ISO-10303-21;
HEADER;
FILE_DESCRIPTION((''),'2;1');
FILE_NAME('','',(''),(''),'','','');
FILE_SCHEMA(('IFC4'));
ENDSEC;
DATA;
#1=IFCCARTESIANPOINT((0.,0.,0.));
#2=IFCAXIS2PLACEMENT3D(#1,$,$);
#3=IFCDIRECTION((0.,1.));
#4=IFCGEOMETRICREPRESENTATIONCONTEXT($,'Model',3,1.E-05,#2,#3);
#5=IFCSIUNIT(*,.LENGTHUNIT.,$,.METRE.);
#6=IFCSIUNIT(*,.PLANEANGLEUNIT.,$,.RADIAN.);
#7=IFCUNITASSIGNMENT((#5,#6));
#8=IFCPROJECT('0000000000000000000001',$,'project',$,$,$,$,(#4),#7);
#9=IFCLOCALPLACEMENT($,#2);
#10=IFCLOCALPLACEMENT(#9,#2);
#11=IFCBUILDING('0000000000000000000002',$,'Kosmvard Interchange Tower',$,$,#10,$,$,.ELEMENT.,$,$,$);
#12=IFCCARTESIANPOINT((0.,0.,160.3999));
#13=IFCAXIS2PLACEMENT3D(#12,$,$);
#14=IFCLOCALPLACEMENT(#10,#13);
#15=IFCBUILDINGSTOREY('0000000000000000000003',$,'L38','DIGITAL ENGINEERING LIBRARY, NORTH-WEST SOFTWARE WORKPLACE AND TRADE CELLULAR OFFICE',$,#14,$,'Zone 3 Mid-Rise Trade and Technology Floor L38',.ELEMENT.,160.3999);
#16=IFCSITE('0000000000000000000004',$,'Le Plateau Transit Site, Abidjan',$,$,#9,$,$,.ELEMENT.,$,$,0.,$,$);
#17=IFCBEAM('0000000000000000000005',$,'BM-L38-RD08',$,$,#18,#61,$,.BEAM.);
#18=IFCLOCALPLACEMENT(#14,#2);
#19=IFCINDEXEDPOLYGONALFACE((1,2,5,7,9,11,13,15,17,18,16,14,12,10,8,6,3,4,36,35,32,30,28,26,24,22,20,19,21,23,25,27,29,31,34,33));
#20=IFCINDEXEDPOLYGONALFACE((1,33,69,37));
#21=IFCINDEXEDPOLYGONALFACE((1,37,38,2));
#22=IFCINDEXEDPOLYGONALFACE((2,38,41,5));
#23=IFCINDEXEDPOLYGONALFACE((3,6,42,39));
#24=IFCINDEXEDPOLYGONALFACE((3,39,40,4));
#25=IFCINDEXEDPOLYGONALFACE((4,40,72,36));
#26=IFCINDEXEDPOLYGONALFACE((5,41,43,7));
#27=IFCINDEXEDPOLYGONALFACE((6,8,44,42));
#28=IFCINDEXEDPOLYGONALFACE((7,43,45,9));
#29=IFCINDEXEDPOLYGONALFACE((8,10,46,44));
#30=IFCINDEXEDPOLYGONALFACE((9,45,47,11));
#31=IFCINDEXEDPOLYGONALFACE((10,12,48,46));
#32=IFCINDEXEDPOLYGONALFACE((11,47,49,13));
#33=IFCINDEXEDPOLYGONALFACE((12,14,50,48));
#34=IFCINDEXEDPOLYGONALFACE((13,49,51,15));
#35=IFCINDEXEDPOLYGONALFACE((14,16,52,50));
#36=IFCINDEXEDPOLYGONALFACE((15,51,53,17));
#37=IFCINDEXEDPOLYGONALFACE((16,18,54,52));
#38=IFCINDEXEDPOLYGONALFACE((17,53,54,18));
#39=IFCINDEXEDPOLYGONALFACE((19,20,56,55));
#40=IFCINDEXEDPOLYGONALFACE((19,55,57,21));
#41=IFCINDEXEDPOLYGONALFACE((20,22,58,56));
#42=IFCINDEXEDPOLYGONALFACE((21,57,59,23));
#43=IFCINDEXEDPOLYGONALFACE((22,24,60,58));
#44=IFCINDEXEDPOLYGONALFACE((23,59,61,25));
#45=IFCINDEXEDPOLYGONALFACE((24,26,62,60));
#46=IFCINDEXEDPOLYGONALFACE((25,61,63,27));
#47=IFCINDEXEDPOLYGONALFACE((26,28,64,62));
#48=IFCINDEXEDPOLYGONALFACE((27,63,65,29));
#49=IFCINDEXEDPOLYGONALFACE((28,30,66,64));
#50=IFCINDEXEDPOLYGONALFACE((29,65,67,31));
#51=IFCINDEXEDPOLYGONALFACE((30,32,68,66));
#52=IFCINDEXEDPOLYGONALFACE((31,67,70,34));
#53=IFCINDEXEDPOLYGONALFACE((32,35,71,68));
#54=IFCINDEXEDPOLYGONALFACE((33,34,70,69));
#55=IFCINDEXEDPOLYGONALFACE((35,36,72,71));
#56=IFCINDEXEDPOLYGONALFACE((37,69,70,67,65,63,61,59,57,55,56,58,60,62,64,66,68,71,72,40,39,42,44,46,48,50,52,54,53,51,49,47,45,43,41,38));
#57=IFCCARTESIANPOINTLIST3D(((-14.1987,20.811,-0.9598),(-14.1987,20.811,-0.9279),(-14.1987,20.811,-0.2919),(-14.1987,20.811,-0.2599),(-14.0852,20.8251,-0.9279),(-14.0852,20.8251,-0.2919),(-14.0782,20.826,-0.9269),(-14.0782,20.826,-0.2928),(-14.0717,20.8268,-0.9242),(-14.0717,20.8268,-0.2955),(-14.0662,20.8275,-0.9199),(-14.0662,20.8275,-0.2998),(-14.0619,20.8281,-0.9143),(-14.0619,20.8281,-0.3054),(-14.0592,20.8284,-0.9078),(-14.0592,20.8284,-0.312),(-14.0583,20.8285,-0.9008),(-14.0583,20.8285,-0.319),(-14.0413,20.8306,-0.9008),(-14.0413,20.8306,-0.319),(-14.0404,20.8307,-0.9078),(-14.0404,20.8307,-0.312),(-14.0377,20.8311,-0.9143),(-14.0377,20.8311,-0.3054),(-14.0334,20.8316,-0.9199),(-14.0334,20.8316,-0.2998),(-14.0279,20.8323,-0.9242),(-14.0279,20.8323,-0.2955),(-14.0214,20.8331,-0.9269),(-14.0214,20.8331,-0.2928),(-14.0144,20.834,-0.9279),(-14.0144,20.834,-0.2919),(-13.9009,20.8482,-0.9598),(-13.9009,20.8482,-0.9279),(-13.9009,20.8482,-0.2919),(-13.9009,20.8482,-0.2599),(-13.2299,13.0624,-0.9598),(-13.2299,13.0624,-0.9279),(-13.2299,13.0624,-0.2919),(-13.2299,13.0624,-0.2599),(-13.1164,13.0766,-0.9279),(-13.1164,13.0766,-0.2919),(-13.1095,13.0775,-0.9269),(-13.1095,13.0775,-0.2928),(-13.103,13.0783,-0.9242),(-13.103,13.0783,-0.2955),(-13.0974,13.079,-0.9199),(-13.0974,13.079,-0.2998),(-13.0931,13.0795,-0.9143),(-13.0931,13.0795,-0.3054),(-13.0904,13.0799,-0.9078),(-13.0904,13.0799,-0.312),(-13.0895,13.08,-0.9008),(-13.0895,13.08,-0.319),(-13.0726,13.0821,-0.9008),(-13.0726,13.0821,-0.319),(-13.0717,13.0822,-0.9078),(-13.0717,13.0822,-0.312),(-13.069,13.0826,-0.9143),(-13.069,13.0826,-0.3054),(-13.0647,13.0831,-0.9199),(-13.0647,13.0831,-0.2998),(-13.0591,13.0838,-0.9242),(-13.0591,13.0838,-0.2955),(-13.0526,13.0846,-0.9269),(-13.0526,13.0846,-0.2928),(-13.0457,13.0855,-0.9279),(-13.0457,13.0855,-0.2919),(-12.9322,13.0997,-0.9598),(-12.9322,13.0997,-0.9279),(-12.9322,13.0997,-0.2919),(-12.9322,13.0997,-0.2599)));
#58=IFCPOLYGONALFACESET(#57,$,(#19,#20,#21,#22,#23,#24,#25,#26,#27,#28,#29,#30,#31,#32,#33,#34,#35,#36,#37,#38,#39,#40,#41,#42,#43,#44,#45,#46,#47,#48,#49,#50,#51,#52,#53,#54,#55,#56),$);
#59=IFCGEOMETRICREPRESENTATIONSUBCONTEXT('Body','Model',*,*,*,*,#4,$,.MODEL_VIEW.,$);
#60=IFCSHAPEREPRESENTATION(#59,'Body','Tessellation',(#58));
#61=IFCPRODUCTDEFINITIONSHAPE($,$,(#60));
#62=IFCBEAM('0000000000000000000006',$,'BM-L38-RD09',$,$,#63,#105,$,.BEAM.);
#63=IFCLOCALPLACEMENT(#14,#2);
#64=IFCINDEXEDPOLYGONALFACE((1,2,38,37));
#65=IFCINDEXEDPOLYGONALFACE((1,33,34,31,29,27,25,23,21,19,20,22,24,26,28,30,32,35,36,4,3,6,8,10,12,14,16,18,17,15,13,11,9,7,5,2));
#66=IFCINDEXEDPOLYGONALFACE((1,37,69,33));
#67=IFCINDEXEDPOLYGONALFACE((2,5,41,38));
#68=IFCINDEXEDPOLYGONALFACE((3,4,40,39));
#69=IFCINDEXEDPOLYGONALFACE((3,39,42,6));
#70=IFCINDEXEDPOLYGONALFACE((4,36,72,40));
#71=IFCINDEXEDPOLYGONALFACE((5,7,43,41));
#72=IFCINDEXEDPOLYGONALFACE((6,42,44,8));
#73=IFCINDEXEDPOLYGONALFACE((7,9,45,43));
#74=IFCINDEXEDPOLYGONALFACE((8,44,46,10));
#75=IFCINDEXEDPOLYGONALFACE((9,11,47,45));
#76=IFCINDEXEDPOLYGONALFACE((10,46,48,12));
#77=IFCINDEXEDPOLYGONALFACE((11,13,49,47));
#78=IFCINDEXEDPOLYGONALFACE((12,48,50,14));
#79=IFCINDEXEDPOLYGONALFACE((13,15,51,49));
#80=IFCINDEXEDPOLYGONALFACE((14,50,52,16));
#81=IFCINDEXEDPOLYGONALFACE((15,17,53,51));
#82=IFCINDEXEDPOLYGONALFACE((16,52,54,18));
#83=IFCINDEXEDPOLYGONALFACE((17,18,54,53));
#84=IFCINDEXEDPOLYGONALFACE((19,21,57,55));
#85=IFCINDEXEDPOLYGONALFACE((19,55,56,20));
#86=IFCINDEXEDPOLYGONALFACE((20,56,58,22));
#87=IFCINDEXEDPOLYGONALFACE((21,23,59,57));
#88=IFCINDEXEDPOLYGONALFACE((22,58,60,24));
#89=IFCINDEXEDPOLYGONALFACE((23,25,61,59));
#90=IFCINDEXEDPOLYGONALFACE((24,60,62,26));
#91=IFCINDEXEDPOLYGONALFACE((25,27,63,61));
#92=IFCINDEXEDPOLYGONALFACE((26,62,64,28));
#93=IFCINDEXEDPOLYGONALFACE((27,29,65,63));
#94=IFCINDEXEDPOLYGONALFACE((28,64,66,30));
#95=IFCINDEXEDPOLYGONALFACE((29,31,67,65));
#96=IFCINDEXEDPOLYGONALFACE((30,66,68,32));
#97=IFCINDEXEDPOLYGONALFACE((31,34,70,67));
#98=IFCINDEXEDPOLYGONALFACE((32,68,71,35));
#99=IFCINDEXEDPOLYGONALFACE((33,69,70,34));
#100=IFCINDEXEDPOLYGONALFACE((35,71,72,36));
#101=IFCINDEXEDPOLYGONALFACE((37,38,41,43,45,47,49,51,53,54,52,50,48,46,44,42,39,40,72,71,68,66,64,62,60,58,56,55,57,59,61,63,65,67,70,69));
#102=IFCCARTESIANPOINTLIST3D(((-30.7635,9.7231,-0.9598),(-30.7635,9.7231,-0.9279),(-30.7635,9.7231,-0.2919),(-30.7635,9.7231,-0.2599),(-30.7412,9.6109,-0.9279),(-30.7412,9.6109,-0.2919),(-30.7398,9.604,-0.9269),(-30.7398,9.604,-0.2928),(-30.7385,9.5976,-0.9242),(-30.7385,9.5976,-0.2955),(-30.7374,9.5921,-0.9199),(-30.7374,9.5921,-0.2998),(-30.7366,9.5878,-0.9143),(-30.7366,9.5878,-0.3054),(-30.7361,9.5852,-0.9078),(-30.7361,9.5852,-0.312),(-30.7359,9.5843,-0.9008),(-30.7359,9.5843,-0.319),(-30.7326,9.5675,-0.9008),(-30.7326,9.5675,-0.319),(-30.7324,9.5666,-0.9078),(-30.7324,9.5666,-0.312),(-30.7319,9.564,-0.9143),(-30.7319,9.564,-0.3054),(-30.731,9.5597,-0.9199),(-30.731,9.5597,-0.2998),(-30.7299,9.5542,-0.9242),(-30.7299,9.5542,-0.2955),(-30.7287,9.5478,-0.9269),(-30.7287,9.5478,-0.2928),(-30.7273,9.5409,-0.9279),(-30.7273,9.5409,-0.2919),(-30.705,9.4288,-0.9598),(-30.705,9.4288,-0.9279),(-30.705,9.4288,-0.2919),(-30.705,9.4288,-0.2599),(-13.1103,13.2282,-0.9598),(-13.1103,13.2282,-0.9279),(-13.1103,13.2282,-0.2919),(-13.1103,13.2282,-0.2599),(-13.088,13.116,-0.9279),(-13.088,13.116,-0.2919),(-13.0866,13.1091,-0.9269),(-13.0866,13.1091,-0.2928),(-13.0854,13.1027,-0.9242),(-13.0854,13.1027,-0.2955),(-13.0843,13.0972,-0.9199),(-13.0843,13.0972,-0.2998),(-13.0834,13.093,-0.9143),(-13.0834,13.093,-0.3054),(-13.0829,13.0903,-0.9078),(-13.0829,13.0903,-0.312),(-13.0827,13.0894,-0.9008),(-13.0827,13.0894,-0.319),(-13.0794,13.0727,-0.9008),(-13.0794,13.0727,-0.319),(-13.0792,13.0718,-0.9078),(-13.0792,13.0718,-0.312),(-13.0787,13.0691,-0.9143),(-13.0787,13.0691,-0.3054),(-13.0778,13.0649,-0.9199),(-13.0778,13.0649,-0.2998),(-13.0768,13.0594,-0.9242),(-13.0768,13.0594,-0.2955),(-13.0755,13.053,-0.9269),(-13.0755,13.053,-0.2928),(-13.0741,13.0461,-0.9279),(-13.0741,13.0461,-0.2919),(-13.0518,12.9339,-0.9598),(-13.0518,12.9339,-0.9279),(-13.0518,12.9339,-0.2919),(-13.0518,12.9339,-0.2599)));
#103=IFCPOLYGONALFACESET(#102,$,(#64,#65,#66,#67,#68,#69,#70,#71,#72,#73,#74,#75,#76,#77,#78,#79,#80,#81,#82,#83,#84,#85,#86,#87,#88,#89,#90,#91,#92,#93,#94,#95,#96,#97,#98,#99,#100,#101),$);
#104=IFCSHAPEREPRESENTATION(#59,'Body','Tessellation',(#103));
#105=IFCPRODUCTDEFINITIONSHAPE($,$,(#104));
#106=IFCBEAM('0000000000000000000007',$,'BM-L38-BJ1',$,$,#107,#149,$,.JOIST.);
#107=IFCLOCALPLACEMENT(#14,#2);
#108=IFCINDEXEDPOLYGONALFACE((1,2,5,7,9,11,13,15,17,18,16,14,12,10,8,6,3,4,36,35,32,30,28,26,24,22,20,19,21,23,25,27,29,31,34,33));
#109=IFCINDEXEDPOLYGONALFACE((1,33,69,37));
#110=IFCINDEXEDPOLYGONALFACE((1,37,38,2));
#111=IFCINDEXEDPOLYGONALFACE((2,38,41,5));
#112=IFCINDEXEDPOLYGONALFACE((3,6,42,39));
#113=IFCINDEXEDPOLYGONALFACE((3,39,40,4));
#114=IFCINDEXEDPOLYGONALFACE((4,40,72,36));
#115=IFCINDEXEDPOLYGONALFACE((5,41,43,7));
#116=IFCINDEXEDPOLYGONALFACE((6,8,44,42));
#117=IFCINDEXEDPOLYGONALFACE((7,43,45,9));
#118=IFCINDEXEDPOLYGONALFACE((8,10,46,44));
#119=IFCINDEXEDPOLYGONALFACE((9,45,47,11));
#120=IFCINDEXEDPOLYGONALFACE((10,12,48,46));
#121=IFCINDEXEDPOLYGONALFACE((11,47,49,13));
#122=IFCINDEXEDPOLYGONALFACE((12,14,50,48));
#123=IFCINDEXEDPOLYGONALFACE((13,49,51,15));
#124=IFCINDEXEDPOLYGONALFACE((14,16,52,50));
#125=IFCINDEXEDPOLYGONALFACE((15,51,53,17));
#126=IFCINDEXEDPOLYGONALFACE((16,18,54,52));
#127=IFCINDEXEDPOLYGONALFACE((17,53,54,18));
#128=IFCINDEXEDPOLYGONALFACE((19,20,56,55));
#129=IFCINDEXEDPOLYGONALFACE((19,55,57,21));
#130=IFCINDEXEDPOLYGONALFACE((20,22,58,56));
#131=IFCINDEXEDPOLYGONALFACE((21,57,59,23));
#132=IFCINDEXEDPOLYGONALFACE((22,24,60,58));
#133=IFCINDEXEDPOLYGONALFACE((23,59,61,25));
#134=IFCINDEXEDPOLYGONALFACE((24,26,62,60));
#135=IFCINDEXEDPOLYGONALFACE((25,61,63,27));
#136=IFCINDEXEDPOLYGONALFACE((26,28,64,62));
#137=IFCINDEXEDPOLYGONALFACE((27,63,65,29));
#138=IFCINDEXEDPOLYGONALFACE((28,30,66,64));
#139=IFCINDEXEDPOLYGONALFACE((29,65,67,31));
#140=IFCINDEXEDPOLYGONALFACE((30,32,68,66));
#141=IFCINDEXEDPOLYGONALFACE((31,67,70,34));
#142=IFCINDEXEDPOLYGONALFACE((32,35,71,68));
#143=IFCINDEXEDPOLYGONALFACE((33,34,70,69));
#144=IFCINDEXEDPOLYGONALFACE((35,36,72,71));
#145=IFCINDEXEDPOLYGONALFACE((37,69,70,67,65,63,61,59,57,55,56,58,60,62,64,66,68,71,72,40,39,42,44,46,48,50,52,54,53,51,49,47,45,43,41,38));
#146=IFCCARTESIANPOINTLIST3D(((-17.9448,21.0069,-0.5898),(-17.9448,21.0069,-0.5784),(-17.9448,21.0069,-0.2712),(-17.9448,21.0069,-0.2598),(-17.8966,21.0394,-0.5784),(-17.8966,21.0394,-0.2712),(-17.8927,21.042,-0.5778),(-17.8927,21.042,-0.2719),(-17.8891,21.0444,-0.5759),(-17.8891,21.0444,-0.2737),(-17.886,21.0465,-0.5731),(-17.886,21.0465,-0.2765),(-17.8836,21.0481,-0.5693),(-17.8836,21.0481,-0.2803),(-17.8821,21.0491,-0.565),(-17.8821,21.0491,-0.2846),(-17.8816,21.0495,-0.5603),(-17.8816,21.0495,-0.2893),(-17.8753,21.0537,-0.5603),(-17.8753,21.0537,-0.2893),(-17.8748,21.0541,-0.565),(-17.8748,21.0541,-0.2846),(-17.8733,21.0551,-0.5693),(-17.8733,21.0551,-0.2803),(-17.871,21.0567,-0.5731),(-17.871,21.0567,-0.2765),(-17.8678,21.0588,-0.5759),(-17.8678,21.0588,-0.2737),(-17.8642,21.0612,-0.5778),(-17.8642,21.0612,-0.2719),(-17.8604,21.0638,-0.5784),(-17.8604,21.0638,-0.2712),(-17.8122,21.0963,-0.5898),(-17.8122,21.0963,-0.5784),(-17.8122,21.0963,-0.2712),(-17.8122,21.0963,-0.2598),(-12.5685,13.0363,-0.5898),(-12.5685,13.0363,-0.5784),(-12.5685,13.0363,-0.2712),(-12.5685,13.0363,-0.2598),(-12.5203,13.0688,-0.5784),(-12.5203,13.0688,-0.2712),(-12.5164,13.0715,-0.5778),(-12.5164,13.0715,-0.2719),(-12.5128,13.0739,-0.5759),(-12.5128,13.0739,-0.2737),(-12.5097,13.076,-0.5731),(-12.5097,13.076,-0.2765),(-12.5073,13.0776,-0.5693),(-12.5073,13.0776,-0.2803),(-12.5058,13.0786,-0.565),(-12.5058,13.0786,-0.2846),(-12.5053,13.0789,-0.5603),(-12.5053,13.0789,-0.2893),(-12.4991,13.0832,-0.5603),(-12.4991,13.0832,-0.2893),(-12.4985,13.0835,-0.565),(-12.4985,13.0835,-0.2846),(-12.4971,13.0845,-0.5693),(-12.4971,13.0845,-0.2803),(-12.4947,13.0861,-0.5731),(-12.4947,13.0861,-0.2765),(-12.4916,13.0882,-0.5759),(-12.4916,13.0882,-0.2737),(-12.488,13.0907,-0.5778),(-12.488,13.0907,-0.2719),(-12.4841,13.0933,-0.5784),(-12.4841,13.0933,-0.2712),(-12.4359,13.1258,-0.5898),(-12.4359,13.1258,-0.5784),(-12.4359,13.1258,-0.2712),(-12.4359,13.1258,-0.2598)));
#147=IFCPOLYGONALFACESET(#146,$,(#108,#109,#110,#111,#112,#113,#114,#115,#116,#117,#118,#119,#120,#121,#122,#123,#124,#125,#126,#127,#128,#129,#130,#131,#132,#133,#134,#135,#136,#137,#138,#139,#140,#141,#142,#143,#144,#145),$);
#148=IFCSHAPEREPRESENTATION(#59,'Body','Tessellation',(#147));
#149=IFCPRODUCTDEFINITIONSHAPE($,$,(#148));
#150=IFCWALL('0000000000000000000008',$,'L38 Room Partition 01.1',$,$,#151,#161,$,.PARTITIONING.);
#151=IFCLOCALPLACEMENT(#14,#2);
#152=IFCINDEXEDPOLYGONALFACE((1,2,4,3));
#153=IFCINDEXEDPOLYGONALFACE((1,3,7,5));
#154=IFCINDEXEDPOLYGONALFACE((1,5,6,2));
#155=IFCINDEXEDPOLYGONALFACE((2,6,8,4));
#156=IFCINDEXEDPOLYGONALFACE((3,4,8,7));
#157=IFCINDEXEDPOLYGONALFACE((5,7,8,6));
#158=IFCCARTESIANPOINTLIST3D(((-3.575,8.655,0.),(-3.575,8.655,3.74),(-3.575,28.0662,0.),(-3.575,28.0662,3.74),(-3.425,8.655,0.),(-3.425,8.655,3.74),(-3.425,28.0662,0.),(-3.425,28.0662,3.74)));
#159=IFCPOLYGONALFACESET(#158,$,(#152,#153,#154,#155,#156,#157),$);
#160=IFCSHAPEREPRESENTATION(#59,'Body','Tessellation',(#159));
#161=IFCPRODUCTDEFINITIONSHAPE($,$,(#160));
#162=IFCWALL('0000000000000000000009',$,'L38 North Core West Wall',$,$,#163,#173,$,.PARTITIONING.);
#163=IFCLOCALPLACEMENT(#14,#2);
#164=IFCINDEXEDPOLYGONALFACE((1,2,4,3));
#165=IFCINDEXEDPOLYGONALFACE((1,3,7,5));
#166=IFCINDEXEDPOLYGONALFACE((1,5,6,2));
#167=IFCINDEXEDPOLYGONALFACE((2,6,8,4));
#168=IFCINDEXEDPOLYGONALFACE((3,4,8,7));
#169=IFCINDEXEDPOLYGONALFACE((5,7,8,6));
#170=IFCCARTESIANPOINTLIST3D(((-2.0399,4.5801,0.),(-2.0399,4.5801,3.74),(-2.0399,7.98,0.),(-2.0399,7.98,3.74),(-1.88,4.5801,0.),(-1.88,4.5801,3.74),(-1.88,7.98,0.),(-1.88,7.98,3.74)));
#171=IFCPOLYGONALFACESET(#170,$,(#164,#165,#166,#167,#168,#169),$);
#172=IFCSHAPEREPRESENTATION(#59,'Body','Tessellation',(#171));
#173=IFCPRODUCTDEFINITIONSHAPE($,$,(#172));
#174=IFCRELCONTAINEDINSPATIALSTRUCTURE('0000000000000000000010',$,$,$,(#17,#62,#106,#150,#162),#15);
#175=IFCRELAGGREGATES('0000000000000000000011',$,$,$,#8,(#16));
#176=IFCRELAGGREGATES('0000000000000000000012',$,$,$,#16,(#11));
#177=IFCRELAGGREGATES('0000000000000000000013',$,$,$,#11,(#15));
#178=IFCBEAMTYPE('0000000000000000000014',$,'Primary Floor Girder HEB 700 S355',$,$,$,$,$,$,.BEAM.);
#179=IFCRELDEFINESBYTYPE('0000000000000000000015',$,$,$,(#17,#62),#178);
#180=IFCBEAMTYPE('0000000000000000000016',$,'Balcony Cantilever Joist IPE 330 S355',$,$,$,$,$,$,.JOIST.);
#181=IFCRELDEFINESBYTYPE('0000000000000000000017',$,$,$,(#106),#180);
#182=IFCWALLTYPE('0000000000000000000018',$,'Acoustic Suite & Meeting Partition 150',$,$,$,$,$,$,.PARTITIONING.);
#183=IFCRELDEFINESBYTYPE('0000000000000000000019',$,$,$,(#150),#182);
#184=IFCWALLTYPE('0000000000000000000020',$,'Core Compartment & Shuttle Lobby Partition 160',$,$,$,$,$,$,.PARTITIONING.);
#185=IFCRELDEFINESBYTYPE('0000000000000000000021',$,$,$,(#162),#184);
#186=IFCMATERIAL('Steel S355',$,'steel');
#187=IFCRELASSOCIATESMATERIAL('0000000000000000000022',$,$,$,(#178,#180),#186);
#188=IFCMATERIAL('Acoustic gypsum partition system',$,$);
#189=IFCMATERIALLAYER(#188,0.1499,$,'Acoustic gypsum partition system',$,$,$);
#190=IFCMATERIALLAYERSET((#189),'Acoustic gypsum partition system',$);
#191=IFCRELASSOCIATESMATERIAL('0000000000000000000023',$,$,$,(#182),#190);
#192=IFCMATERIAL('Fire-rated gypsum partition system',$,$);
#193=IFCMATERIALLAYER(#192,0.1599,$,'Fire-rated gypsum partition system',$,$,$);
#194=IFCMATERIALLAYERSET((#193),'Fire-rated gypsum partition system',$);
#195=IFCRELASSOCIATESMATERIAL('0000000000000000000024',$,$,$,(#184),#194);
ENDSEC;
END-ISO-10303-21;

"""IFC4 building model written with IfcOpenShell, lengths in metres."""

from ifc_helpers import new_model, si_unit, direction, frame, frame_2d, origin, origin_2d, place, context, subcontext, project, spatial, rectangle, i_section, extrude, source, transform, mapped, material, layer, layer_set, material_profile, profile_set, type_object, element, save


model = new_model("IFC4")

# Units and contexts
model_context = context("Model", 3, precision=1e-05, world=origin(), true_north=direction((0.0, 1.0)))
body_context = subcontext(model_context, "Body", "Model", "MODEL_VIEW")
ifc_project = project(units=[si_unit("LENGTHUNIT", "METRE"), si_unit("PLANEANGLEUNIT", "RADIAN")], contexts=[model_context])

# Site, building, storey
site_placement = place(None, origin())
site = spatial("IfcSite", under=ifc_project, at=site_placement, Name="Le Plateau Transit Site, Abidjan", CompositionType="ELEMENT", RefElevation=0.0)
building_placement = place(site_placement, origin())
building = spatial("IfcBuilding", under=site, at=building_placement, Name="Kosmvard Interchange Tower", CompositionType="ELEMENT")
storey_placement = place(building_placement, frame((0.0, 0.0, 160.3999)))
storey = spatial("IfcBuildingStorey", under=building, at=storey_placement, Name="L38", Description="DIGITAL ENGINEERING LIBRARY, NORTH-WEST SOFTWARE WORKPLACE AND TRADE CELLULAR OFFICE", LongName="Zone 3 Mid-Rise Trade and Technology Floor L38", CompositionType="ELEMENT", Elevation=160.3999)

# Beams
ifc_material_1 = material(Name="Steel S355", Category="steel")
ifc_material_profile_1 = material_profile(ifc_material_1, i_section(OverallWidth=0.3, OverallDepth=0.7, WebThickness=0.0171, FlangeThickness=0.032, FilletRadius=0.0271, at=origin_2d()), Name="HEB 700")
ifc_profile_set_1 = profile_set([ifc_material_profile_1], Name="Steel S355")
beam_type_1 = type_object("IfcBeamType", Name="Primary Floor Girder HEB 700 S355", PredefinedType="BEAM", material=ifc_profile_set_1)
shared_shape_1 = source(origin(), body_context, "Body", "SweptSolid", [
    extrude(i_section(OverallWidth=0.3, OverallDepth=0.7, WebThickness=0.0171, FlangeThickness=0.032, FilletRadius=0.0271, at=origin_2d()), origin(), (0.0, 0.0, 1.0), 7.8088),
])
beam_1_placement = place(storey_placement, frame((-13.0811, 13.0811, -0.6099), z_axis=(-0.124058, 0.992275, 0.0), x_axis=(-0.992275, -0.124058, 0.0)))
element("IfcBeam", 1, at=beam_1_placement, inside=storey, type_object=beam_type_1, Name="BM-L38-RD08", PredefinedType="BEAM", context=body_context, shape_type="MappedRepresentation", body=[
    mapped(shared_shape_1, transform((0.0, 0.0, 0.0), scale=1.0)),
])
shared_shape_2 = source(origin(), body_context, "Body", "SweptSolid", [
    extrude(i_section(OverallWidth=0.3, OverallDepth=0.7, WebThickness=0.0171, FlangeThickness=0.032, FilletRadius=0.0271, at=origin_2d()), origin(), (0.0, 0.0, 1.0), 17.9978),
])
beam_2_placement = place(storey_placement, frame((-13.0811, 13.0811, -0.6099), z_axis=(-0.980852, -0.194754, 0.0), x_axis=(0.194754, -0.980852, 0.0)))
element("IfcBeam", 2, at=beam_2_placement, inside=storey, type_object=beam_type_1, Name="BM-L38-RD09", PredefinedType="BEAM", context=body_context, shape_type="MappedRepresentation", body=[
    mapped(shared_shape_2, transform((0.0, 0.0, 0.0), scale=1.0)),
])
ifc_material_profile_2 = material_profile(ifc_material_1, i_section(OverallWidth=0.1599, OverallDepth=0.3301, WebThickness=0.0076, FlangeThickness=0.0115, FilletRadius=0.0181, at=origin_2d()), Name="IPE 330")
ifc_profile_set_2 = profile_set([ifc_material_profile_2], Name="Steel S355")
beam_type_2 = type_object("IfcBeamType", Name="Balcony Cantilever Joist IPE 330 S355", PredefinedType="JOIST", material=ifc_profile_set_2)
shared_shape_3 = source(origin(), body_context, "Body", "SweptSolid", [
    extrude(i_section(OverallWidth=0.1599, OverallDepth=0.3301, WebThickness=0.0076, FlangeThickness=0.0115, FilletRadius=0.0181, at=origin_2d()), origin(), (0.0, 0.0, 1.0), 9.6143),
])
beam_3_placement = place(storey_placement, frame((-12.5022, 13.0811, -0.4248), z_axis=(-0.559198, 0.829034, 0.0), x_axis=(-0.829034, -0.559198, 0.0)))
element("IfcBeam", 3, at=beam_3_placement, inside=storey, type_object=beam_type_2, Name="BM-L38-BJ1", PredefinedType="JOIST", context=body_context, shape_type="MappedRepresentation", body=[
    mapped(shared_shape_3, transform((0.0, 0.0, 0.0), scale=1.0)),
])

# Walls
ifc_material_2 = material(Name="Acoustic gypsum partition system")
ifc_layer_1 = layer(ifc_material_2, 0.1499, Name="Acoustic gypsum partition system")
ifc_layer_set_1 = layer_set([ifc_layer_1], Name="Acoustic gypsum partition system")
wall_type_1 = type_object("IfcWallType", Name="Acoustic Suite & Meeting Partition 150", PredefinedType="PARTITIONING", material=ifc_layer_set_1)
wall_1_placement = place(storey_placement, frame((-3.5, 8.655, 0.0), z_axis=(0.0, 0.0, 1.0), x_axis=(0.0, 1.0, 0.0)))
element("IfcWall", 4, at=wall_1_placement, inside=storey, type_object=wall_type_1, Name="L38 Room Partition 01.1", PredefinedType="PARTITIONING", context=body_context, shape_type="SweptSolid", body=[
    extrude(rectangle(XDim=19.4111, YDim=0.1499, at=frame_2d((9.7056, 0.0))), origin(), (0.0, 0.0, 1.0), 3.74),
])
ifc_material_3 = material(Name="Fire-rated gypsum partition system")
ifc_layer_2 = layer(ifc_material_3, 0.1599, Name="Fire-rated gypsum partition system")
ifc_layer_set_2 = layer_set([ifc_layer_2], Name="Fire-rated gypsum partition system")
wall_type_2 = type_object("IfcWallType", Name="Core Compartment & Shuttle Lobby Partition 160", PredefinedType="PARTITIONING", material=ifc_layer_set_2)
wall_2_placement = place(storey_placement, frame((-1.96, 4.5801, 0.0), z_axis=(0.0, 0.0, 1.0), x_axis=(0.0, 1.0, 0.0)))
element("IfcWall", 5, at=wall_2_placement, inside=storey, type_object=wall_type_2, Name="L38 North Core West Wall", PredefinedType="PARTITIONING", context=body_context, shape_type="SweptSolid", body=[
    extrude(rectangle(XDim=3.3999, YDim=0.1599, at=frame_2d((1.7, 0.0))), origin(), (0.0, 0.0, 1.0), 3.74),
])

save(model, "model.ifc")
